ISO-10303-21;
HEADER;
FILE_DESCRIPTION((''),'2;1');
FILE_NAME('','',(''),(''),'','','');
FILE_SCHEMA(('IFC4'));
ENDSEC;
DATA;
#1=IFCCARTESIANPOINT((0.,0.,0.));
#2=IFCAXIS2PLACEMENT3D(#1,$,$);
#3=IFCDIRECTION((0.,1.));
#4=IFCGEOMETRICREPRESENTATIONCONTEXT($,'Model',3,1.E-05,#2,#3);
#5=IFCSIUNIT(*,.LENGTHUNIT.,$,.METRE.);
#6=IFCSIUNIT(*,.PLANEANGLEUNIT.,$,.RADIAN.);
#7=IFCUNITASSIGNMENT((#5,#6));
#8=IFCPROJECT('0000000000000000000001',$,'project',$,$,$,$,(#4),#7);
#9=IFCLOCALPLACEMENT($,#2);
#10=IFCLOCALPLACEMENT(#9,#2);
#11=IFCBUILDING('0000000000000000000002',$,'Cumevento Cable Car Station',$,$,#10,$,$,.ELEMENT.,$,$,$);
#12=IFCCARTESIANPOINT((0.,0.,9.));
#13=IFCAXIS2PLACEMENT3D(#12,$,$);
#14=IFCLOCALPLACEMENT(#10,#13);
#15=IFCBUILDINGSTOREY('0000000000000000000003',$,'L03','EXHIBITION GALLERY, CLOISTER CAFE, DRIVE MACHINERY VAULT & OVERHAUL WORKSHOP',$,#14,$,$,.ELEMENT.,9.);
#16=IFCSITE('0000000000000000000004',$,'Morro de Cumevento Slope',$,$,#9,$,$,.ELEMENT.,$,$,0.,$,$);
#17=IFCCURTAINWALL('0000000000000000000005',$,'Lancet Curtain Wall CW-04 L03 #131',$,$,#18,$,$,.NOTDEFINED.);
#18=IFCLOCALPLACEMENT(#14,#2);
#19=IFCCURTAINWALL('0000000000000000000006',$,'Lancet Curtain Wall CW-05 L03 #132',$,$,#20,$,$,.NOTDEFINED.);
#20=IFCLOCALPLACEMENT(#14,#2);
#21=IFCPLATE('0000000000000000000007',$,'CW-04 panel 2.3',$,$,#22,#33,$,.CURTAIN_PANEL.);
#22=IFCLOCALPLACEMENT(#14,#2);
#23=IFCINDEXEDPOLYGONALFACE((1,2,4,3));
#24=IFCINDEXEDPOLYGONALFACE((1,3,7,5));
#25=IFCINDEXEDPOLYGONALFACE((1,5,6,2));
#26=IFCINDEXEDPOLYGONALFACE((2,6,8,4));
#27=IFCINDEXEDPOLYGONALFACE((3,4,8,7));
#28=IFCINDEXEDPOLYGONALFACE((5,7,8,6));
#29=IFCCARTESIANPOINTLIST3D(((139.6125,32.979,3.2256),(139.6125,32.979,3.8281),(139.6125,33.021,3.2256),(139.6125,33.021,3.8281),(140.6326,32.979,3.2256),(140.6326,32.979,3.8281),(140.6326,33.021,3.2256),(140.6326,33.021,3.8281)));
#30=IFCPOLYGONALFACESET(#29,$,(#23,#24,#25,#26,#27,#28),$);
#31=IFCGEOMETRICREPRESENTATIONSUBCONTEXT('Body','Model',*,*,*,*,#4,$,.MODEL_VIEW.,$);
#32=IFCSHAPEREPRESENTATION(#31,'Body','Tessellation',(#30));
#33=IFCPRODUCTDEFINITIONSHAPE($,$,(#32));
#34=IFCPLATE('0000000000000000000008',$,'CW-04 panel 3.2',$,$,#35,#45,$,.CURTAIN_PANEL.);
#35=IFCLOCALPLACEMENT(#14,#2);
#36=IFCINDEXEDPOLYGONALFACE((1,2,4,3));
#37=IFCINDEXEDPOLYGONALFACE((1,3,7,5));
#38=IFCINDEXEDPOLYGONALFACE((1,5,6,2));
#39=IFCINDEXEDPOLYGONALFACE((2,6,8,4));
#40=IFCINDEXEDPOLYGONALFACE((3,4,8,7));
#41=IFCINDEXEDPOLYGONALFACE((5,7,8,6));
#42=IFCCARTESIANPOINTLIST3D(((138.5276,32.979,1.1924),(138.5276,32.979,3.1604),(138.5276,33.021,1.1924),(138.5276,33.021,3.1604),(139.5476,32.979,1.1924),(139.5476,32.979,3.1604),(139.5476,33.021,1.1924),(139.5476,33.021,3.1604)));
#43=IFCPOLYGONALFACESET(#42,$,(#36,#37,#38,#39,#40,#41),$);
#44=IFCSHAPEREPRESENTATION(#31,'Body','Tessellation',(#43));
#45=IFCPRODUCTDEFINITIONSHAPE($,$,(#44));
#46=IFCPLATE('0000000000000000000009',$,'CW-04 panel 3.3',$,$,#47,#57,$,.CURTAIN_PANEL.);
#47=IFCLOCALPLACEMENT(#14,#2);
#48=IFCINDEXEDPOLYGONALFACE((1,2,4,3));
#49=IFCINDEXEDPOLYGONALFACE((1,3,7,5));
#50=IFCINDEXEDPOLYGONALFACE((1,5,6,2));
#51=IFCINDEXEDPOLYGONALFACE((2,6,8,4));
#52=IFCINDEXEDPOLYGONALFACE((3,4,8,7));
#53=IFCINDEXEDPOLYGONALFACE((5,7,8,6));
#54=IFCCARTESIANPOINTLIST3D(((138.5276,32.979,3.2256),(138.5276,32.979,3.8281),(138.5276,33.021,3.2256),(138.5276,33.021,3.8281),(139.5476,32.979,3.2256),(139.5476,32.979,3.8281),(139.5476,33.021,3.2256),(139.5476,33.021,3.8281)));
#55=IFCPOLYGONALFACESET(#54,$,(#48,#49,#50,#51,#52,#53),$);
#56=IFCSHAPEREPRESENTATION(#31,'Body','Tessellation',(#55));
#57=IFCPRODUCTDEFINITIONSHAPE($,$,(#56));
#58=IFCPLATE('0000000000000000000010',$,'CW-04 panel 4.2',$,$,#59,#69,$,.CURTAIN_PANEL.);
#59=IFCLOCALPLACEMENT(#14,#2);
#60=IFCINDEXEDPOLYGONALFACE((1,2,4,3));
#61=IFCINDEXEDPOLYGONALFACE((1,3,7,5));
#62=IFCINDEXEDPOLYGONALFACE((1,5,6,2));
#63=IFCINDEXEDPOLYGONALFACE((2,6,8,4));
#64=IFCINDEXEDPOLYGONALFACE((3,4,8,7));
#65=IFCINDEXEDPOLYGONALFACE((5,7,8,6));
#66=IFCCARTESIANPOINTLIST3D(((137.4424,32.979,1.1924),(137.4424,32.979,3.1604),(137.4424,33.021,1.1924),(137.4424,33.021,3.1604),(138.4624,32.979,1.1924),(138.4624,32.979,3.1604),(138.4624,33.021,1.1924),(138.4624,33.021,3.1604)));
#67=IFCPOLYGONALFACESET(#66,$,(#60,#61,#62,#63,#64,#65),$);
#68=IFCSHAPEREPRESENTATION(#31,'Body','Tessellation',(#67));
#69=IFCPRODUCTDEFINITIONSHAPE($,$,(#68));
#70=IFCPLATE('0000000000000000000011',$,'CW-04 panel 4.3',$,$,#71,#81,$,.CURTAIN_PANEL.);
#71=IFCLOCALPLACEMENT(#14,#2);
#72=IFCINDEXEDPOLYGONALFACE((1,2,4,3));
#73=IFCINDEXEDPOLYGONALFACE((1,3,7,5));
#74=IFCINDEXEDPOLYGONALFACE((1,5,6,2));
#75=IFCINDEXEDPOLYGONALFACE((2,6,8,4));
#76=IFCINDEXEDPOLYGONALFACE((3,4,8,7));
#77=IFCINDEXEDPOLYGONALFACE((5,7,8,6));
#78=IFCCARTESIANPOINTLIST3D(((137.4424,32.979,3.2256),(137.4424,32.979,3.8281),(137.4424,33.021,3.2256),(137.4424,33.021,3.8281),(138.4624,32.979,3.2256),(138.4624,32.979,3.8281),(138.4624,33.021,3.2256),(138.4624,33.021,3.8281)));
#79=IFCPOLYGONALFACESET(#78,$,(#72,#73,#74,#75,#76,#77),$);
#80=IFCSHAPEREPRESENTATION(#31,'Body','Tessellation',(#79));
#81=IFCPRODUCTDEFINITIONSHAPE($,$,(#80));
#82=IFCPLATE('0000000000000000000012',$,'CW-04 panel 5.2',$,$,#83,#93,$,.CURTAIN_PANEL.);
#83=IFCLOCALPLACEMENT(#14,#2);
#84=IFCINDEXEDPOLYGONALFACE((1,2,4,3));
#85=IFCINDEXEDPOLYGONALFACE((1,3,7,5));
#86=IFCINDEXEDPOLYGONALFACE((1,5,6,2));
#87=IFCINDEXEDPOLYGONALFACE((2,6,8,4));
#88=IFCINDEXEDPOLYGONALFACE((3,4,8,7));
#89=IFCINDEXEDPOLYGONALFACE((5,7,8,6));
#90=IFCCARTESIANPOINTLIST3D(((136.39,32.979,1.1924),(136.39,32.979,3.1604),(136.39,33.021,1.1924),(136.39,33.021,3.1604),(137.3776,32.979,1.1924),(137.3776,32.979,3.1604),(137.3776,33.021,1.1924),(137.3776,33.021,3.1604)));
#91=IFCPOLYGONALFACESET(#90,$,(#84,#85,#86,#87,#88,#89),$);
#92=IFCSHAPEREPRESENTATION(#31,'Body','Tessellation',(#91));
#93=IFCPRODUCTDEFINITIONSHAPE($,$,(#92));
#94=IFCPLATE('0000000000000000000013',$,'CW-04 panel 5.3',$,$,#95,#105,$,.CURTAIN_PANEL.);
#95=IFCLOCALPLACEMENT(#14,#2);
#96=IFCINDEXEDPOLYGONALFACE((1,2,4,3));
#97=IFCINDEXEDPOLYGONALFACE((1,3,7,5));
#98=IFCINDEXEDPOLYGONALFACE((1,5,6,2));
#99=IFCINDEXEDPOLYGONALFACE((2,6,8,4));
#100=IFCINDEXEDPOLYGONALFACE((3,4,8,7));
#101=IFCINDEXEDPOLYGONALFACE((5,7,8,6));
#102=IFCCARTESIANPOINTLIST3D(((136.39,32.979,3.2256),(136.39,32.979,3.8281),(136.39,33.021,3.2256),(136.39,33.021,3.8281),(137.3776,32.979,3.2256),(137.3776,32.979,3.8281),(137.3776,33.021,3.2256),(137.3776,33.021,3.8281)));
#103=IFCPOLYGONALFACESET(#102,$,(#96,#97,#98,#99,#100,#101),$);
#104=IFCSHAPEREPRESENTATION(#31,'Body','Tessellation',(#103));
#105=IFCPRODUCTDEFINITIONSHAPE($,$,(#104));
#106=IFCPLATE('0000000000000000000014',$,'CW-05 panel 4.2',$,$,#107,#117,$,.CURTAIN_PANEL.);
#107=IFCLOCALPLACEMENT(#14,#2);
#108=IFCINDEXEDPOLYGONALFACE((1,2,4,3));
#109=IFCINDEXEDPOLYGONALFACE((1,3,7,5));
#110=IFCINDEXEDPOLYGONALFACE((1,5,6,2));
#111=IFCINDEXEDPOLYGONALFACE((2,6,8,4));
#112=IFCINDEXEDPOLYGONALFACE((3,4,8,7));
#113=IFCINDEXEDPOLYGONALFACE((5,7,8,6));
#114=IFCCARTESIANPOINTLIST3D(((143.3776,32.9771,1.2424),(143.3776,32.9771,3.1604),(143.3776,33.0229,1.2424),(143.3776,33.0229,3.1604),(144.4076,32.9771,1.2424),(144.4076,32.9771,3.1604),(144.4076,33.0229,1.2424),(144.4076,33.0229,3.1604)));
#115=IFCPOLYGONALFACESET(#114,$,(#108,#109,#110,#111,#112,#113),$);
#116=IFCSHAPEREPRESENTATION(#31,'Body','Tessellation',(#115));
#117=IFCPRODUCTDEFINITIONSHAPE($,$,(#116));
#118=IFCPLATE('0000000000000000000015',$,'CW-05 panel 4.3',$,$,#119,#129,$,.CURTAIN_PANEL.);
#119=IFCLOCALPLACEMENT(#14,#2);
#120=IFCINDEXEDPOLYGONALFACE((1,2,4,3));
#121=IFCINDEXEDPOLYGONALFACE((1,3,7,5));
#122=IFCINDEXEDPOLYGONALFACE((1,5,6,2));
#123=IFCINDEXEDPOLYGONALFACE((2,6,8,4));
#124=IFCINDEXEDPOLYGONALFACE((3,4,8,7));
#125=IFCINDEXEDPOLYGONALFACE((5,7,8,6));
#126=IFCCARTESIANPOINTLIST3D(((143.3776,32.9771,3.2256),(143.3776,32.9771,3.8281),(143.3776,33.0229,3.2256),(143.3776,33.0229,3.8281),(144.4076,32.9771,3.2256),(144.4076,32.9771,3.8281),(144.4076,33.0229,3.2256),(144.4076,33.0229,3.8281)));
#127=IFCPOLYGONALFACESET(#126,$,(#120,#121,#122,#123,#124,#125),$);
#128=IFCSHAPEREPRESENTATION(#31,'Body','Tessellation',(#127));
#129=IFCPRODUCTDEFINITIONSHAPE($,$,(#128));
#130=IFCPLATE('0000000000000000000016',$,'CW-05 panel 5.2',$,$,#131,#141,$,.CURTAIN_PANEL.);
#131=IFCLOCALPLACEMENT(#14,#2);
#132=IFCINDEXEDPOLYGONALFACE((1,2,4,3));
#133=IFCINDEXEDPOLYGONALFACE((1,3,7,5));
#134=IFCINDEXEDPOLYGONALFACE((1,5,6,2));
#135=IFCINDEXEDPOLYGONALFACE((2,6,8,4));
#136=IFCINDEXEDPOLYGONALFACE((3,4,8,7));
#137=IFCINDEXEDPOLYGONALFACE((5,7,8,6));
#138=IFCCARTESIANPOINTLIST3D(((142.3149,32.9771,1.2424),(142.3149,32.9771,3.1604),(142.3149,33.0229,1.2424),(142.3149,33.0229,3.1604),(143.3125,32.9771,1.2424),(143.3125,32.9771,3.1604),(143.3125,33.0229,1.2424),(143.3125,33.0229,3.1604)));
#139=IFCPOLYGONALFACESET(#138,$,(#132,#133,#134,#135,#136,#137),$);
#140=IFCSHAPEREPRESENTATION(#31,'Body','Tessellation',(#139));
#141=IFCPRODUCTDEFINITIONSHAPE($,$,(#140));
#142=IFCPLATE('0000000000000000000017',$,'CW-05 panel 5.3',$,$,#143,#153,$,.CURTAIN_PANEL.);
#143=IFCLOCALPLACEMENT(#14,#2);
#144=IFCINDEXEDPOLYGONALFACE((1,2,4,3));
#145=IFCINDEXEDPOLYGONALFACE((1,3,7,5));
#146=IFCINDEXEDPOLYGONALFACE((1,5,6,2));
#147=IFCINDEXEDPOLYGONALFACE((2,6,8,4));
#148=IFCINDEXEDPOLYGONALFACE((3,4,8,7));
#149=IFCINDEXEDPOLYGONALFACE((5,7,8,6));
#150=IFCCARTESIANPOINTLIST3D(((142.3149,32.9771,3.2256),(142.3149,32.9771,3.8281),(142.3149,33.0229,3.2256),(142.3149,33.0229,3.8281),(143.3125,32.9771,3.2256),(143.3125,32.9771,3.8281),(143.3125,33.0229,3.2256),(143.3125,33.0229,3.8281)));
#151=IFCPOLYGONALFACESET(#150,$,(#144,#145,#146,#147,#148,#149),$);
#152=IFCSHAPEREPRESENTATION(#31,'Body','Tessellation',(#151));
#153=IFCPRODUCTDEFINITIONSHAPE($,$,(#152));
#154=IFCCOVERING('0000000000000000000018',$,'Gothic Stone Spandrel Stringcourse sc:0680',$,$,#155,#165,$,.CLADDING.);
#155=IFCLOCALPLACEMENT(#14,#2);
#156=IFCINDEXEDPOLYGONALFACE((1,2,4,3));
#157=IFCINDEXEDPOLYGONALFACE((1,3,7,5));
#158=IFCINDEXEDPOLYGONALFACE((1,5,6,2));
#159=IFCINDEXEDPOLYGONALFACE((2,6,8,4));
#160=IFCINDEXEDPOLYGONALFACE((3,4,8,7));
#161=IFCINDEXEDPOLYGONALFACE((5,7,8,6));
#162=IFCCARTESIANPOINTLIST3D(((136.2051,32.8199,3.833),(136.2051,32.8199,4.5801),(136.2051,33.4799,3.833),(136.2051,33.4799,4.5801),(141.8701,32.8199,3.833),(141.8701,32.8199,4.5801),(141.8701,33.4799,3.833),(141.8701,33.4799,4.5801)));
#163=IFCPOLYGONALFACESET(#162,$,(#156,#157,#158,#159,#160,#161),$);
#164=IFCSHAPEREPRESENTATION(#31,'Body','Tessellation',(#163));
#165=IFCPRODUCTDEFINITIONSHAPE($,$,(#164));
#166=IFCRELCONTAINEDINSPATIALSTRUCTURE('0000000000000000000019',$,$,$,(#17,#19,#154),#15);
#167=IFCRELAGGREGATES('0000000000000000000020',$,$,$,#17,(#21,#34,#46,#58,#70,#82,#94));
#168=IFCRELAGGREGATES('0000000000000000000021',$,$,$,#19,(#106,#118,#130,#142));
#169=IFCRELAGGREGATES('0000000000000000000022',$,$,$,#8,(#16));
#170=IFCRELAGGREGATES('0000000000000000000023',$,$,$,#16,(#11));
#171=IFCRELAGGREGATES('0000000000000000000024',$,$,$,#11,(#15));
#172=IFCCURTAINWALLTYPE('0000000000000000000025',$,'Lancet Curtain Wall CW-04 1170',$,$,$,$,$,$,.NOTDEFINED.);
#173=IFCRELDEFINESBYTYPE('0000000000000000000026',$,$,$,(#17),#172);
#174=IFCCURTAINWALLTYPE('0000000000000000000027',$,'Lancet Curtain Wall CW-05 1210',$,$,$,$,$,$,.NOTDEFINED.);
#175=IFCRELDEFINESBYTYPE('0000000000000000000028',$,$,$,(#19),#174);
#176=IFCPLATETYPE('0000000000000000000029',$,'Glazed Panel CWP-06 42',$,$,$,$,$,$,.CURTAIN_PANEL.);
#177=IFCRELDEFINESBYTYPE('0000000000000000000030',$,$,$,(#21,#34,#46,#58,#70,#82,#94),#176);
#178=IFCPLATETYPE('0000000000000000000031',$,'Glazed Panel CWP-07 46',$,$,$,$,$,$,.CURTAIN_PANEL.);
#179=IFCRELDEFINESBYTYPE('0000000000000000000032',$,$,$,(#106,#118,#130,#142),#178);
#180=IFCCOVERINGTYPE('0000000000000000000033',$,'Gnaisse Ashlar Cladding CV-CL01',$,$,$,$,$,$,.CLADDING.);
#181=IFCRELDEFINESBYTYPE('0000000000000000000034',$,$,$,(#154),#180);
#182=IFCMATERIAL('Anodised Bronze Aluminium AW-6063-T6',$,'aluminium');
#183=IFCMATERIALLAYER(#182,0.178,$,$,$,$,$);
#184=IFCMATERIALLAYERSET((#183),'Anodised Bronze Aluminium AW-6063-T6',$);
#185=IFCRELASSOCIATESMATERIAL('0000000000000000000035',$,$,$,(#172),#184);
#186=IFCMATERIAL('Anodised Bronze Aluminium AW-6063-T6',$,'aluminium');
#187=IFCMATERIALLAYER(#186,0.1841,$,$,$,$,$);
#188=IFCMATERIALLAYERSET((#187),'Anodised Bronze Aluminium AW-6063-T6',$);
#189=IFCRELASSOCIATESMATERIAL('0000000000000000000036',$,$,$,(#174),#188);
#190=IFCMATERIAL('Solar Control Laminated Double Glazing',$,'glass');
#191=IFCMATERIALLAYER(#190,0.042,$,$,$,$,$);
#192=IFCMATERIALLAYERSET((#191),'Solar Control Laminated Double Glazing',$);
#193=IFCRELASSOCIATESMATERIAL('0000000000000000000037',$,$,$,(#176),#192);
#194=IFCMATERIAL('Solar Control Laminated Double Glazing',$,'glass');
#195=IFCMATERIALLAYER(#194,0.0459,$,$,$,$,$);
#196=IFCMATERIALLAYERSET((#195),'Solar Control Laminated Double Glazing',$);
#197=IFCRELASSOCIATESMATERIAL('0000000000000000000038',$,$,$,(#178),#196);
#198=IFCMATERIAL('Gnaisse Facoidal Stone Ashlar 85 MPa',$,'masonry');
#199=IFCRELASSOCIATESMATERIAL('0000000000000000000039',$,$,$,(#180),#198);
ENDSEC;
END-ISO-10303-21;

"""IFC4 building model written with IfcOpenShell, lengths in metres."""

from ifc_helpers import new_model, si_unit, direction, frame, origin, origin_2d, place, context, subcontext, project, spatial, rectangle, extrude, material, layer, layer_set, type_object, element, aggregate, save


model = new_model("IFC4")

# Units and contexts
model_context = context("Model", 3, precision=1e-05, world=origin(), true_north=direction((0.0, 1.0)))
body_context = subcontext(model_context, "Body", "Model", "MODEL_VIEW")
ifc_project = project(units=[si_unit("LENGTHUNIT", "METRE"), si_unit("PLANEANGLEUNIT", "RADIAN")], contexts=[model_context])

# Site, building, storey
site_placement = place(None, origin())
site = spatial("IfcSite", under=ifc_project, at=site_placement, Name="Morro de Cumevento Slope", CompositionType="ELEMENT", RefElevation=0.0)
building_placement = place(site_placement, origin())
building = spatial("IfcBuilding", under=site, at=building_placement, Name="Cumevento Cable Car Station", CompositionType="ELEMENT")
storey_placement = place(building_placement, frame((0.0, 0.0, 9.0)))
storey = spatial("IfcBuildingStorey", under=building, at=storey_placement, Name="L03", Description="EXHIBITION GALLERY, CLOISTER CAFE, DRIVE MACHINERY VAULT & OVERHAUL WORKSHOP", CompositionType="ELEMENT", Elevation=9.0)

# Curtain walls
ifc_material_1 = material(Name="Anodised Bronze Aluminium AW-6063-T6", Category="aluminium")
ifc_layer_1 = layer(ifc_material_1, 0.178)
ifc_layer_set_1 = layer_set([ifc_layer_1], Name="Anodised Bronze Aluminium AW-6063-T6")
curtain_wall_type_1 = type_object("IfcCurtainWallType", Name="Lancet Curtain Wall CW-04 1170", PredefinedType="NOTDEFINED", material=ifc_layer_set_1)
curtain_wall_1_placement = place(storey_placement, origin())
curtain_wall_1 = element("IfcCurtainWall", 1, at=curtain_wall_1_placement, inside=storey, type_object=curtain_wall_type_1, Name="Lancet Curtain Wall CW-04 L03 #131", PredefinedType="NOTDEFINED")
ifc_material_2 = material(Name="Anodised Bronze Aluminium AW-6063-T6", Category="aluminium")
ifc_layer_2 = layer(ifc_material_2, 0.1841)
ifc_layer_set_2 = layer_set([ifc_layer_2], Name="Anodised Bronze Aluminium AW-6063-T6")
curtain_wall_type_2 = type_object("IfcCurtainWallType", Name="Lancet Curtain Wall CW-05 1210", PredefinedType="NOTDEFINED", material=ifc_layer_set_2)
curtain_wall_2_placement = place(storey_placement, origin())
curtain_wall_2 = element("IfcCurtainWall", 2, at=curtain_wall_2_placement, inside=storey, type_object=curtain_wall_type_2, Name="Lancet Curtain Wall CW-05 L03 #132", PredefinedType="NOTDEFINED")

# Plates
ifc_material_3 = material(Name="Solar Control Laminated Double Glazing", Category="glass")
ifc_layer_3 = layer(ifc_material_3, 0.042)
ifc_layer_set_3 = layer_set([ifc_layer_3], Name="Solar Control Laminated Double Glazing")
plate_type_1 = type_object("IfcPlateType", Name="Glazed Panel CWP-06 42", PredefinedType="CURTAIN_PANEL", material=ifc_layer_set_3)
plate_1_placement = place(storey_placement, frame((140.1226, 33.0, 3.2256), z_axis=(0.0, 0.0, 1.0), x_axis=(-1.0, 0.0, 0.0)))
plate_1 = element("IfcPlate", 3, at=plate_1_placement, type_object=plate_type_1, Name="CW-04 panel 2.3", PredefinedType="CURTAIN_PANEL", context=body_context, shape_type="SweptSolid", body=[
    extrude(rectangle(XDim=1.02, YDim=0.042, at=origin_2d()), origin(), (0.0, 0.0, 1.0), 0.6025),
])
plate_2_placement = place(storey_placement, frame((139.0376, 33.0, 1.1924), z_axis=(0.0, 0.0, 1.0), x_axis=(-1.0, 0.0, 0.0)))
plate_2 = element("IfcPlate", 4, at=plate_2_placement, type_object=plate_type_1, Name="CW-04 panel 3.2", PredefinedType="CURTAIN_PANEL", context=body_context, shape_type="SweptSolid", body=[
    extrude(rectangle(XDim=1.02, YDim=0.042, at=origin_2d()), origin(), (0.0, 0.0, 1.0), 1.968),
])
plate_3_placement = place(storey_placement, frame((139.0376, 33.0, 3.2256), z_axis=(0.0, 0.0, 1.0), x_axis=(-1.0, 0.0, 0.0)))
plate_3 = element("IfcPlate", 5, at=plate_3_placement, type_object=plate_type_1, Name="CW-04 panel 3.3", PredefinedType="CURTAIN_PANEL", context=body_context, shape_type="SweptSolid", body=[
    extrude(rectangle(XDim=1.02, YDim=0.042, at=origin_2d()), origin(), (0.0, 0.0, 1.0), 0.6025),
])
plate_4_placement = place(storey_placement, frame((137.9524, 33.0, 1.1924), z_axis=(0.0, 0.0, 1.0), x_axis=(-1.0, 0.0, 0.0)))
plate_4 = element("IfcPlate", 6, at=plate_4_placement, type_object=plate_type_1, Name="CW-04 panel 4.2", PredefinedType="CURTAIN_PANEL", context=body_context, shape_type="SweptSolid", body=[
    extrude(rectangle(XDim=1.02, YDim=0.042, at=origin_2d()), origin(), (0.0, 0.0, 1.0), 1.968),
])
plate_5_placement = place(storey_placement, frame((137.9524, 33.0, 3.2256), z_axis=(0.0, 0.0, 1.0), x_axis=(-1.0, 0.0, 0.0)))
plate_5 = element("IfcPlate", 7, at=plate_5_placement, type_object=plate_type_1, Name="CW-04 panel 4.3", PredefinedType="CURTAIN_PANEL", context=body_context, shape_type="SweptSolid", body=[
    extrude(rectangle(XDim=1.02, YDim=0.042, at=origin_2d()), origin(), (0.0, 0.0, 1.0), 0.6025),
])
plate_6_placement = place(storey_placement, frame((136.8838, 33.0, 1.1924), z_axis=(0.0, 0.0, 1.0), x_axis=(-1.0, 0.0, 0.0)))
plate_6 = element("IfcPlate", 8, at=plate_6_placement, type_object=plate_type_1, Name="CW-04 panel 5.2", PredefinedType="CURTAIN_PANEL", context=body_context, shape_type="SweptSolid", body=[
    extrude(rectangle(XDim=0.9875, YDim=0.042, at=origin_2d()), origin(), (0.0, 0.0, 1.0), 1.968),
])
plate_7_placement = place(storey_placement, frame((136.8838, 33.0, 3.2256), z_axis=(0.0, 0.0, 1.0), x_axis=(-1.0, 0.0, 0.0)))
plate_7 = element("IfcPlate", 9, at=plate_7_placement, type_object=plate_type_1, Name="CW-04 panel 5.3", PredefinedType="CURTAIN_PANEL", context=body_context, shape_type="SweptSolid", body=[
    extrude(rectangle(XDim=0.9875, YDim=0.042, at=origin_2d()), origin(), (0.0, 0.0, 1.0), 0.6025),
])
aggregate(curtain_wall_1, [plate_1, plate_2, plate_3, plate_4, plate_5, plate_6, plate_7])
ifc_material_4 = material(Name="Solar Control Laminated Double Glazing", Category="glass")
ifc_layer_4 = layer(ifc_material_4, 0.0459)
ifc_layer_set_4 = layer_set([ifc_layer_4], Name="Solar Control Laminated Double Glazing")
plate_type_2 = type_object("IfcPlateType", Name="Glazed Panel CWP-07 46", PredefinedType="CURTAIN_PANEL", material=ifc_layer_set_4)
plate_8_placement = place(storey_placement, frame((143.8926, 33.0, 1.2424), z_axis=(0.0, 0.0, 1.0), x_axis=(-1.0, 0.0, 0.0)))
plate_8 = element("IfcPlate", 10, at=plate_8_placement, type_object=plate_type_2, Name="CW-05 panel 4.2", PredefinedType="CURTAIN_PANEL", context=body_context, shape_type="SweptSolid", body=[
    extrude(rectangle(XDim=1.03, YDim=0.0459, at=origin_2d()), origin(), (0.0, 0.0, 1.0), 1.918),
])
plate_9_placement = place(storey_placement, frame((143.8926, 33.0, 3.2256), z_axis=(0.0, 0.0, 1.0), x_axis=(-1.0, 0.0, 0.0)))
plate_9 = element("IfcPlate", 11, at=plate_9_placement, type_object=plate_type_2, Name="CW-05 panel 4.3", PredefinedType="CURTAIN_PANEL", context=body_context, shape_type="SweptSolid", body=[
    extrude(rectangle(XDim=1.03, YDim=0.0459, at=origin_2d()), origin(), (0.0, 0.0, 1.0), 0.6025),
])
plate_10_placement = place(storey_placement, frame((142.8137, 33.0, 1.2424), z_axis=(0.0, 0.0, 1.0), x_axis=(-1.0, 0.0, 0.0)))
plate_10 = element("IfcPlate", 12, at=plate_10_placement, type_object=plate_type_2, Name="CW-05 panel 5.2", PredefinedType="CURTAIN_PANEL", context=body_context, shape_type="SweptSolid", body=[
    extrude(rectangle(XDim=0.9976, YDim=0.0459, at=origin_2d()), origin(), (0.0, 0.0, 1.0), 1.918),
])
plate_11_placement = place(storey_placement, frame((142.8137, 33.0, 3.2256), z_axis=(0.0, 0.0, 1.0), x_axis=(-1.0, 0.0, 0.0)))
plate_11 = element("IfcPlate", 13, at=plate_11_placement, type_object=plate_type_2, Name="CW-05 panel 5.3", PredefinedType="CURTAIN_PANEL", context=body_context, shape_type="SweptSolid", body=[
    extrude(rectangle(XDim=0.9976, YDim=0.0459, at=origin_2d()), origin(), (0.0, 0.0, 1.0), 0.6025),
])
aggregate(curtain_wall_2, [plate_8, plate_9, plate_10, plate_11])

# Covering
ifc_material_5 = material(Name="Gnaisse Facoidal Stone Ashlar 85 MPa", Category="masonry")
covering_type = type_object("IfcCoveringType", Name="Gnaisse Ashlar Cladding CV-CL01", PredefinedType="CLADDING", material=ifc_material_5)
covering_1_placement = place(storey_placement, frame((139.0376, 33.1499, 3.833), z_axis=(0.0, 0.0, 1.0), x_axis=(-1.0, 0.0, 0.0)))
element("IfcCovering", 14, at=covering_1_placement, inside=storey, type_object=covering_type, Name="Gothic Stone Spandrel Stringcourse sc:0680", PredefinedType="CLADDING", context=body_context, shape_type="SweptSolid", body=[
    extrude(rectangle(XDim=5.665, YDim=0.6599, at=origin_2d()), origin(), (0.0, 0.0, 1.0), 0.7471),
])

save(model, "model.ifc")
